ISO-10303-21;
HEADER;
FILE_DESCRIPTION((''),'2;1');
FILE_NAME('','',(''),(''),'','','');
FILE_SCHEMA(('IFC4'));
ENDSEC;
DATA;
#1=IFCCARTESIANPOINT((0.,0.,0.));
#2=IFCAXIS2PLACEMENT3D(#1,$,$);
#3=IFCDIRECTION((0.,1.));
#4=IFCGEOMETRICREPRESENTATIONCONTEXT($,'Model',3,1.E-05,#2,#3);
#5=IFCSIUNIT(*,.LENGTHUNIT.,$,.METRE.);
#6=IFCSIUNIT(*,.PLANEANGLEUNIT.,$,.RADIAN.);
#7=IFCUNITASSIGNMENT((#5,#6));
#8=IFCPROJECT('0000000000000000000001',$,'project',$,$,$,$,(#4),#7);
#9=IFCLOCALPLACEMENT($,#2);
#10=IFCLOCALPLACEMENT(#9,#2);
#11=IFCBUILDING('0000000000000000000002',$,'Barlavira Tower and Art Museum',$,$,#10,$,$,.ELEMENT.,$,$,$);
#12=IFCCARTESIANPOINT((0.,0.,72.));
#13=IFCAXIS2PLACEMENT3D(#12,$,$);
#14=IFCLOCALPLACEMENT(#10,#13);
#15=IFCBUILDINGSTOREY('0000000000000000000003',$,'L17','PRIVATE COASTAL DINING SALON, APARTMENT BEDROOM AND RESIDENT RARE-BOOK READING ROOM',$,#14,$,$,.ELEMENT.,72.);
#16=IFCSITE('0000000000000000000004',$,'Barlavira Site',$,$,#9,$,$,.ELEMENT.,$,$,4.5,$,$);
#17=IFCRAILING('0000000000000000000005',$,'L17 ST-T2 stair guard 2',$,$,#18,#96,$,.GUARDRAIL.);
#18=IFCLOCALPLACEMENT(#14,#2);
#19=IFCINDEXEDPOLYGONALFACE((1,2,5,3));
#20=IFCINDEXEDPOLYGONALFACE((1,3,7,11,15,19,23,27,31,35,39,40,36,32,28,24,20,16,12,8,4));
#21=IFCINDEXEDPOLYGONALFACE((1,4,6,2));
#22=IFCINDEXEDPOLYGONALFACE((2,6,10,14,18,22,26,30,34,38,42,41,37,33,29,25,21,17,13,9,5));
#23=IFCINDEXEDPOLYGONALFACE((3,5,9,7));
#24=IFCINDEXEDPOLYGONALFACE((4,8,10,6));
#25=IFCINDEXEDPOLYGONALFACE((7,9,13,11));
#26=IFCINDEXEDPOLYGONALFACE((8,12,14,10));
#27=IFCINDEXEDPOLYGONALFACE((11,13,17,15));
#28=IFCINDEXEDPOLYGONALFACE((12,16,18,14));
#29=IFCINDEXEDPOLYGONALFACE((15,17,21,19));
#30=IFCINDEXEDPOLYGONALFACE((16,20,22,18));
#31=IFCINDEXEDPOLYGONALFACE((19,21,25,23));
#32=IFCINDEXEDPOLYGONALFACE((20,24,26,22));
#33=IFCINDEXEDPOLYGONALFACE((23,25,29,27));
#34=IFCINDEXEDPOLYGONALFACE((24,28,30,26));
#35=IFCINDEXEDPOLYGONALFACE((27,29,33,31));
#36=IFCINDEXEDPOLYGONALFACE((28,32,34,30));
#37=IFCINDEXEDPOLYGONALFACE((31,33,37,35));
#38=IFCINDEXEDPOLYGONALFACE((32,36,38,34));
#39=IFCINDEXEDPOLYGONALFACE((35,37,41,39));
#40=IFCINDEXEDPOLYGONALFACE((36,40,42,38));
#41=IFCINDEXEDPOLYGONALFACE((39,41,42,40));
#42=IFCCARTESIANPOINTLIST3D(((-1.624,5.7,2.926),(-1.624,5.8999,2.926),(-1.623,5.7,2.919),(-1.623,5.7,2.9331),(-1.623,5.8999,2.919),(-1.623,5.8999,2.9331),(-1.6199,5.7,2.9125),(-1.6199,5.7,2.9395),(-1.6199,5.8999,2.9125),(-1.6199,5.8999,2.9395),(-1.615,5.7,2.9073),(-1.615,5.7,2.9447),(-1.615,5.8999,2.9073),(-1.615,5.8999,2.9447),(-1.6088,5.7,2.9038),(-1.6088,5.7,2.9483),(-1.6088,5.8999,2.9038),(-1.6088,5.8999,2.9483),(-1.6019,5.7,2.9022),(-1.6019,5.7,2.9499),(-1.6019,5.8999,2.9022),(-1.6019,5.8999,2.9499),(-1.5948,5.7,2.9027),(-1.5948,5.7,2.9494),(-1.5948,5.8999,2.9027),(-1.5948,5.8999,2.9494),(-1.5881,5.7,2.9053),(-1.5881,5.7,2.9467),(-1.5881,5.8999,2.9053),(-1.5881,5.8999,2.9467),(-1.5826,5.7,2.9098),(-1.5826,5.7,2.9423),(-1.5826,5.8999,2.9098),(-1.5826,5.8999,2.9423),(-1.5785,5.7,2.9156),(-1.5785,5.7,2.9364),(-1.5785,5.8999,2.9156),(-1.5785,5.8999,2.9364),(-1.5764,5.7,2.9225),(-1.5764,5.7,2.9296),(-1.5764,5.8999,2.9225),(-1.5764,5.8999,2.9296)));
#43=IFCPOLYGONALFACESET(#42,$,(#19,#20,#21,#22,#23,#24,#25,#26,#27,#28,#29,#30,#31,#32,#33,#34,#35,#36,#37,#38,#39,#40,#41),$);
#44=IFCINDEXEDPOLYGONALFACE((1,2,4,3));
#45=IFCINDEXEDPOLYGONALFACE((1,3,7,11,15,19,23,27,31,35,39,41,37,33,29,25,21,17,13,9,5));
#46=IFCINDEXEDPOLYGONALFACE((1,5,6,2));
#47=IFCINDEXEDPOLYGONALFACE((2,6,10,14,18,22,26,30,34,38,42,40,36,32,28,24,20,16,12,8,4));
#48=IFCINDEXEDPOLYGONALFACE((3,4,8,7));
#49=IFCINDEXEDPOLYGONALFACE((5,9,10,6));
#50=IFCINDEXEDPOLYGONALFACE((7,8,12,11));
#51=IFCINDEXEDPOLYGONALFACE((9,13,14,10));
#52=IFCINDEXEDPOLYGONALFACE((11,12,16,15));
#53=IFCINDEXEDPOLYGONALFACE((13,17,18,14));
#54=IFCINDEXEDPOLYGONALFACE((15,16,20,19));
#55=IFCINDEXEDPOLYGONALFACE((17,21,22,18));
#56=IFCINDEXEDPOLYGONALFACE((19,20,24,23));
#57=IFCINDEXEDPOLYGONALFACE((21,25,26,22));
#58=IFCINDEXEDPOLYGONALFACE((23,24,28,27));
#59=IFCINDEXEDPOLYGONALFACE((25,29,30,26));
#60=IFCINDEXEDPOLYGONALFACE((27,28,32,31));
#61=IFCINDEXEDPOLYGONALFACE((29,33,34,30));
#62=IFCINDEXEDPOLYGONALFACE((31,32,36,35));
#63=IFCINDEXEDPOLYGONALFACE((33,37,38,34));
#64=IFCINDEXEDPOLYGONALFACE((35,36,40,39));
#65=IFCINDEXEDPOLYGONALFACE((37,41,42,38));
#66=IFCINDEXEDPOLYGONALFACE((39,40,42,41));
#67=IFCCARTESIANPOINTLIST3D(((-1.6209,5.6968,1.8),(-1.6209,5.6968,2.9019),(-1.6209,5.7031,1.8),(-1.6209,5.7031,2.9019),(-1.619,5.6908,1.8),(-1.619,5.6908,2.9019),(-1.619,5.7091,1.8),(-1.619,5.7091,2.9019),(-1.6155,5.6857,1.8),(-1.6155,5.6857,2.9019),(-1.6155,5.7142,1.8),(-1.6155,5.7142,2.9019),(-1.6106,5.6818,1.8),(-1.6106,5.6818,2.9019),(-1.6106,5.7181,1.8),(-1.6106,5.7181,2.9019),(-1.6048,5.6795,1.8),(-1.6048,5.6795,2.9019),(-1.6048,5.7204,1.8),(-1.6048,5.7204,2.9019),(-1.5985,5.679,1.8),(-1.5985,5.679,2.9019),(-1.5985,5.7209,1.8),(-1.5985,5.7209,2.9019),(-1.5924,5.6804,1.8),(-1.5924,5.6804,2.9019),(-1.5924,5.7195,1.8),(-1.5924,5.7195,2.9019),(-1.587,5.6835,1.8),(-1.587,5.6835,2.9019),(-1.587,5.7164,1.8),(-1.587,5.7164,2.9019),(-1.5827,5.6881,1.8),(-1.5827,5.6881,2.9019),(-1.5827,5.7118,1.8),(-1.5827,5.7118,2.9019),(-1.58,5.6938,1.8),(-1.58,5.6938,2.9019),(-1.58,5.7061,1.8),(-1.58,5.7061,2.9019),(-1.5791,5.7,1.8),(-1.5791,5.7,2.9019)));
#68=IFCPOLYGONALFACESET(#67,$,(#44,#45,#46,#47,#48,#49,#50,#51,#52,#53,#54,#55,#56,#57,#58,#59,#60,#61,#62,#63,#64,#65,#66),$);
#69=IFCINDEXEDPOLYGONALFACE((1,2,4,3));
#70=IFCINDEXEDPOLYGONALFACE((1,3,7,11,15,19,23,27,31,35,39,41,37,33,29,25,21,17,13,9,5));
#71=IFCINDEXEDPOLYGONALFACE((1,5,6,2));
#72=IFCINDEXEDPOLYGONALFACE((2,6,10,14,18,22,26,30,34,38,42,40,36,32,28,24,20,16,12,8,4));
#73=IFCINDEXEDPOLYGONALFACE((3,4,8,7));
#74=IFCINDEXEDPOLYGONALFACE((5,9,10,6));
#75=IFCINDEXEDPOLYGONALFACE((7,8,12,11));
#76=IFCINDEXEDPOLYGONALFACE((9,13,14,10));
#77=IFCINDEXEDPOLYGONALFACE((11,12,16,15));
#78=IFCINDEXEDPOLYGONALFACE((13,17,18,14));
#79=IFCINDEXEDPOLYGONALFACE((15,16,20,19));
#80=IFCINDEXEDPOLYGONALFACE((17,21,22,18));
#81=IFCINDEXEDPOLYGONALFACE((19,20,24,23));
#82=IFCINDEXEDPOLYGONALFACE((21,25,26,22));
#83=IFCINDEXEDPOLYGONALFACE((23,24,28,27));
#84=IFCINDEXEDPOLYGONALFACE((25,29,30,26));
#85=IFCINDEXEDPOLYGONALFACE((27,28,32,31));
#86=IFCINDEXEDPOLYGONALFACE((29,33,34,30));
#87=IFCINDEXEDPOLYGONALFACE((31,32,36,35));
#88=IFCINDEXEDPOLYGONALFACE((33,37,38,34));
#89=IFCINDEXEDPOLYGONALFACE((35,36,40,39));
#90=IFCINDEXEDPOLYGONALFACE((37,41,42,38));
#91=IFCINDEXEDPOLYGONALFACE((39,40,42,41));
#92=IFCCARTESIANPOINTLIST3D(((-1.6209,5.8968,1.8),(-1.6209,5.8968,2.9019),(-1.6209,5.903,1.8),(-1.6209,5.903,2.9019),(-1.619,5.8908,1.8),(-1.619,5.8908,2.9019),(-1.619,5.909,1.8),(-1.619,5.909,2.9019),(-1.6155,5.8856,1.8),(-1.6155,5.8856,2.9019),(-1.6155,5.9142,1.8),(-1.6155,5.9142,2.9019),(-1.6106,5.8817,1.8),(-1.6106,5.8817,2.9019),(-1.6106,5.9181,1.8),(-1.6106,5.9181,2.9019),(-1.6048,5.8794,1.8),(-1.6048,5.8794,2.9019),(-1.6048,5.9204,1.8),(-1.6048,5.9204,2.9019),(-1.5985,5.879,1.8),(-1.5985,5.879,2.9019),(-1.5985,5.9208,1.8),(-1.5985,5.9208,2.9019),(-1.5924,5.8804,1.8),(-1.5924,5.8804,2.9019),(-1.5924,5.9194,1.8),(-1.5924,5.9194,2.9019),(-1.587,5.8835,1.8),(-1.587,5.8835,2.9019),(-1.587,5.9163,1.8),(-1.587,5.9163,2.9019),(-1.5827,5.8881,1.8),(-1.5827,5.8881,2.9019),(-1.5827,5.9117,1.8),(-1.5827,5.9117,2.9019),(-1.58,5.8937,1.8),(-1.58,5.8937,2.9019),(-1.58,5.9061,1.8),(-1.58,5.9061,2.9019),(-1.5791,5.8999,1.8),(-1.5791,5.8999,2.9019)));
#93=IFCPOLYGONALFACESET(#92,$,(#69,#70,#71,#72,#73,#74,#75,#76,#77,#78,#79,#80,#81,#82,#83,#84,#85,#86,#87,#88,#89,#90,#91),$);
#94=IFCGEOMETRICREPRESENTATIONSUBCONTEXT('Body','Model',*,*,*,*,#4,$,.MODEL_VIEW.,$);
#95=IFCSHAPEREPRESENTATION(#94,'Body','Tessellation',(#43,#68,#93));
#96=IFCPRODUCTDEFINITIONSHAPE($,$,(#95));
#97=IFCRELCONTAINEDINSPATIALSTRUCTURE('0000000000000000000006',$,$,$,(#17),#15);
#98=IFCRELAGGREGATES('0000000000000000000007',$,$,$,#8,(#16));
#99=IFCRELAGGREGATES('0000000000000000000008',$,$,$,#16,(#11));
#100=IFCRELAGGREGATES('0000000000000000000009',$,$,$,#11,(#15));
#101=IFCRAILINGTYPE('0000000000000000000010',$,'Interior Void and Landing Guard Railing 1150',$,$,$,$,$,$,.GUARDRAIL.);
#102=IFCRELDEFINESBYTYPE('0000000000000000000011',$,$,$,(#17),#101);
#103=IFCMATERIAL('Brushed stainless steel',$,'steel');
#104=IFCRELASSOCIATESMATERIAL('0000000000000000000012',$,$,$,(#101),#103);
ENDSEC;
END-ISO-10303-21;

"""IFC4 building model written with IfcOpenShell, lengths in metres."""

from ifc_helpers import new_model, si_unit, direction, frame, origin, origin_2d, place, context, subcontext, project, spatial, circle, extrude, material, type_object, element, save


model = new_model("IFC4")

# Units and contexts
model_context = context("Model", 3, precision=1e-05, world=origin(), true_north=direction((0.0, 1.0)))
body_context = subcontext(model_context, "Body", "Model", "MODEL_VIEW")
ifc_project = project(units=[si_unit("LENGTHUNIT", "METRE"), si_unit("PLANEANGLEUNIT", "RADIAN")], contexts=[model_context])

# Site, building, storey
site_placement = place(None, origin())
site = spatial("IfcSite", under=ifc_project, at=site_placement, Name="Barlavira Site", CompositionType="ELEMENT", RefElevation=4.5)
building_placement = place(site_placement, origin())
building = spatial("IfcBuilding", under=site, at=building_placement, Name="Barlavira Tower and Art Museum", CompositionType="ELEMENT")
storey_placement = place(building_placement, frame((0.0, 0.0, 72.0)))
storey = spatial("IfcBuildingStorey", under=building, at=storey_placement, Name="L17", Description="PRIVATE COASTAL DINING SALON, APARTMENT BEDROOM AND RESIDENT RARE-BOOK READING ROOM", CompositionType="ELEMENT", Elevation=72.0)

# Shared definitions
ifc_material_1 = material(Name="Brushed stainless steel", Category="steel")

# Railing
railing_type_1 = type_object("IfcRailingType", Name="Interior Void and Landing Guard Railing 1150", PredefinedType="GUARDRAIL", material=ifc_material_1)
railing_1_placement = place(storey_placement, frame((-1.6001, 5.7, 1.8)))
element("IfcRailing", 1, at=railing_1_placement, inside=storey, type_object=railing_type_1, Name="L17 ST-T2 stair guard 2", PredefinedType="GUARDRAIL", context=body_context, shape_type="SweptSolid", body=[
    extrude(circle(Radius=0.0239, at=origin_2d()), frame((0.0, 0.0, 1.126), z_axis=(0.0, 1.0, 0.0), x_axis=(-1.0, 0.0, 0.0)), (0.0, 0.0, 1.0), 0.2),
    extrude(circle(Radius=0.021, at=origin_2d()), origin(), (0.0, 0.0, 1.0), 1.1018),
    extrude(circle(Radius=0.021, at=origin_2d()), frame((0.0, 0.2, 0.0)), (0.0, 0.0, 1.0), 1.1018),
])

save(model, "model.ifc")
